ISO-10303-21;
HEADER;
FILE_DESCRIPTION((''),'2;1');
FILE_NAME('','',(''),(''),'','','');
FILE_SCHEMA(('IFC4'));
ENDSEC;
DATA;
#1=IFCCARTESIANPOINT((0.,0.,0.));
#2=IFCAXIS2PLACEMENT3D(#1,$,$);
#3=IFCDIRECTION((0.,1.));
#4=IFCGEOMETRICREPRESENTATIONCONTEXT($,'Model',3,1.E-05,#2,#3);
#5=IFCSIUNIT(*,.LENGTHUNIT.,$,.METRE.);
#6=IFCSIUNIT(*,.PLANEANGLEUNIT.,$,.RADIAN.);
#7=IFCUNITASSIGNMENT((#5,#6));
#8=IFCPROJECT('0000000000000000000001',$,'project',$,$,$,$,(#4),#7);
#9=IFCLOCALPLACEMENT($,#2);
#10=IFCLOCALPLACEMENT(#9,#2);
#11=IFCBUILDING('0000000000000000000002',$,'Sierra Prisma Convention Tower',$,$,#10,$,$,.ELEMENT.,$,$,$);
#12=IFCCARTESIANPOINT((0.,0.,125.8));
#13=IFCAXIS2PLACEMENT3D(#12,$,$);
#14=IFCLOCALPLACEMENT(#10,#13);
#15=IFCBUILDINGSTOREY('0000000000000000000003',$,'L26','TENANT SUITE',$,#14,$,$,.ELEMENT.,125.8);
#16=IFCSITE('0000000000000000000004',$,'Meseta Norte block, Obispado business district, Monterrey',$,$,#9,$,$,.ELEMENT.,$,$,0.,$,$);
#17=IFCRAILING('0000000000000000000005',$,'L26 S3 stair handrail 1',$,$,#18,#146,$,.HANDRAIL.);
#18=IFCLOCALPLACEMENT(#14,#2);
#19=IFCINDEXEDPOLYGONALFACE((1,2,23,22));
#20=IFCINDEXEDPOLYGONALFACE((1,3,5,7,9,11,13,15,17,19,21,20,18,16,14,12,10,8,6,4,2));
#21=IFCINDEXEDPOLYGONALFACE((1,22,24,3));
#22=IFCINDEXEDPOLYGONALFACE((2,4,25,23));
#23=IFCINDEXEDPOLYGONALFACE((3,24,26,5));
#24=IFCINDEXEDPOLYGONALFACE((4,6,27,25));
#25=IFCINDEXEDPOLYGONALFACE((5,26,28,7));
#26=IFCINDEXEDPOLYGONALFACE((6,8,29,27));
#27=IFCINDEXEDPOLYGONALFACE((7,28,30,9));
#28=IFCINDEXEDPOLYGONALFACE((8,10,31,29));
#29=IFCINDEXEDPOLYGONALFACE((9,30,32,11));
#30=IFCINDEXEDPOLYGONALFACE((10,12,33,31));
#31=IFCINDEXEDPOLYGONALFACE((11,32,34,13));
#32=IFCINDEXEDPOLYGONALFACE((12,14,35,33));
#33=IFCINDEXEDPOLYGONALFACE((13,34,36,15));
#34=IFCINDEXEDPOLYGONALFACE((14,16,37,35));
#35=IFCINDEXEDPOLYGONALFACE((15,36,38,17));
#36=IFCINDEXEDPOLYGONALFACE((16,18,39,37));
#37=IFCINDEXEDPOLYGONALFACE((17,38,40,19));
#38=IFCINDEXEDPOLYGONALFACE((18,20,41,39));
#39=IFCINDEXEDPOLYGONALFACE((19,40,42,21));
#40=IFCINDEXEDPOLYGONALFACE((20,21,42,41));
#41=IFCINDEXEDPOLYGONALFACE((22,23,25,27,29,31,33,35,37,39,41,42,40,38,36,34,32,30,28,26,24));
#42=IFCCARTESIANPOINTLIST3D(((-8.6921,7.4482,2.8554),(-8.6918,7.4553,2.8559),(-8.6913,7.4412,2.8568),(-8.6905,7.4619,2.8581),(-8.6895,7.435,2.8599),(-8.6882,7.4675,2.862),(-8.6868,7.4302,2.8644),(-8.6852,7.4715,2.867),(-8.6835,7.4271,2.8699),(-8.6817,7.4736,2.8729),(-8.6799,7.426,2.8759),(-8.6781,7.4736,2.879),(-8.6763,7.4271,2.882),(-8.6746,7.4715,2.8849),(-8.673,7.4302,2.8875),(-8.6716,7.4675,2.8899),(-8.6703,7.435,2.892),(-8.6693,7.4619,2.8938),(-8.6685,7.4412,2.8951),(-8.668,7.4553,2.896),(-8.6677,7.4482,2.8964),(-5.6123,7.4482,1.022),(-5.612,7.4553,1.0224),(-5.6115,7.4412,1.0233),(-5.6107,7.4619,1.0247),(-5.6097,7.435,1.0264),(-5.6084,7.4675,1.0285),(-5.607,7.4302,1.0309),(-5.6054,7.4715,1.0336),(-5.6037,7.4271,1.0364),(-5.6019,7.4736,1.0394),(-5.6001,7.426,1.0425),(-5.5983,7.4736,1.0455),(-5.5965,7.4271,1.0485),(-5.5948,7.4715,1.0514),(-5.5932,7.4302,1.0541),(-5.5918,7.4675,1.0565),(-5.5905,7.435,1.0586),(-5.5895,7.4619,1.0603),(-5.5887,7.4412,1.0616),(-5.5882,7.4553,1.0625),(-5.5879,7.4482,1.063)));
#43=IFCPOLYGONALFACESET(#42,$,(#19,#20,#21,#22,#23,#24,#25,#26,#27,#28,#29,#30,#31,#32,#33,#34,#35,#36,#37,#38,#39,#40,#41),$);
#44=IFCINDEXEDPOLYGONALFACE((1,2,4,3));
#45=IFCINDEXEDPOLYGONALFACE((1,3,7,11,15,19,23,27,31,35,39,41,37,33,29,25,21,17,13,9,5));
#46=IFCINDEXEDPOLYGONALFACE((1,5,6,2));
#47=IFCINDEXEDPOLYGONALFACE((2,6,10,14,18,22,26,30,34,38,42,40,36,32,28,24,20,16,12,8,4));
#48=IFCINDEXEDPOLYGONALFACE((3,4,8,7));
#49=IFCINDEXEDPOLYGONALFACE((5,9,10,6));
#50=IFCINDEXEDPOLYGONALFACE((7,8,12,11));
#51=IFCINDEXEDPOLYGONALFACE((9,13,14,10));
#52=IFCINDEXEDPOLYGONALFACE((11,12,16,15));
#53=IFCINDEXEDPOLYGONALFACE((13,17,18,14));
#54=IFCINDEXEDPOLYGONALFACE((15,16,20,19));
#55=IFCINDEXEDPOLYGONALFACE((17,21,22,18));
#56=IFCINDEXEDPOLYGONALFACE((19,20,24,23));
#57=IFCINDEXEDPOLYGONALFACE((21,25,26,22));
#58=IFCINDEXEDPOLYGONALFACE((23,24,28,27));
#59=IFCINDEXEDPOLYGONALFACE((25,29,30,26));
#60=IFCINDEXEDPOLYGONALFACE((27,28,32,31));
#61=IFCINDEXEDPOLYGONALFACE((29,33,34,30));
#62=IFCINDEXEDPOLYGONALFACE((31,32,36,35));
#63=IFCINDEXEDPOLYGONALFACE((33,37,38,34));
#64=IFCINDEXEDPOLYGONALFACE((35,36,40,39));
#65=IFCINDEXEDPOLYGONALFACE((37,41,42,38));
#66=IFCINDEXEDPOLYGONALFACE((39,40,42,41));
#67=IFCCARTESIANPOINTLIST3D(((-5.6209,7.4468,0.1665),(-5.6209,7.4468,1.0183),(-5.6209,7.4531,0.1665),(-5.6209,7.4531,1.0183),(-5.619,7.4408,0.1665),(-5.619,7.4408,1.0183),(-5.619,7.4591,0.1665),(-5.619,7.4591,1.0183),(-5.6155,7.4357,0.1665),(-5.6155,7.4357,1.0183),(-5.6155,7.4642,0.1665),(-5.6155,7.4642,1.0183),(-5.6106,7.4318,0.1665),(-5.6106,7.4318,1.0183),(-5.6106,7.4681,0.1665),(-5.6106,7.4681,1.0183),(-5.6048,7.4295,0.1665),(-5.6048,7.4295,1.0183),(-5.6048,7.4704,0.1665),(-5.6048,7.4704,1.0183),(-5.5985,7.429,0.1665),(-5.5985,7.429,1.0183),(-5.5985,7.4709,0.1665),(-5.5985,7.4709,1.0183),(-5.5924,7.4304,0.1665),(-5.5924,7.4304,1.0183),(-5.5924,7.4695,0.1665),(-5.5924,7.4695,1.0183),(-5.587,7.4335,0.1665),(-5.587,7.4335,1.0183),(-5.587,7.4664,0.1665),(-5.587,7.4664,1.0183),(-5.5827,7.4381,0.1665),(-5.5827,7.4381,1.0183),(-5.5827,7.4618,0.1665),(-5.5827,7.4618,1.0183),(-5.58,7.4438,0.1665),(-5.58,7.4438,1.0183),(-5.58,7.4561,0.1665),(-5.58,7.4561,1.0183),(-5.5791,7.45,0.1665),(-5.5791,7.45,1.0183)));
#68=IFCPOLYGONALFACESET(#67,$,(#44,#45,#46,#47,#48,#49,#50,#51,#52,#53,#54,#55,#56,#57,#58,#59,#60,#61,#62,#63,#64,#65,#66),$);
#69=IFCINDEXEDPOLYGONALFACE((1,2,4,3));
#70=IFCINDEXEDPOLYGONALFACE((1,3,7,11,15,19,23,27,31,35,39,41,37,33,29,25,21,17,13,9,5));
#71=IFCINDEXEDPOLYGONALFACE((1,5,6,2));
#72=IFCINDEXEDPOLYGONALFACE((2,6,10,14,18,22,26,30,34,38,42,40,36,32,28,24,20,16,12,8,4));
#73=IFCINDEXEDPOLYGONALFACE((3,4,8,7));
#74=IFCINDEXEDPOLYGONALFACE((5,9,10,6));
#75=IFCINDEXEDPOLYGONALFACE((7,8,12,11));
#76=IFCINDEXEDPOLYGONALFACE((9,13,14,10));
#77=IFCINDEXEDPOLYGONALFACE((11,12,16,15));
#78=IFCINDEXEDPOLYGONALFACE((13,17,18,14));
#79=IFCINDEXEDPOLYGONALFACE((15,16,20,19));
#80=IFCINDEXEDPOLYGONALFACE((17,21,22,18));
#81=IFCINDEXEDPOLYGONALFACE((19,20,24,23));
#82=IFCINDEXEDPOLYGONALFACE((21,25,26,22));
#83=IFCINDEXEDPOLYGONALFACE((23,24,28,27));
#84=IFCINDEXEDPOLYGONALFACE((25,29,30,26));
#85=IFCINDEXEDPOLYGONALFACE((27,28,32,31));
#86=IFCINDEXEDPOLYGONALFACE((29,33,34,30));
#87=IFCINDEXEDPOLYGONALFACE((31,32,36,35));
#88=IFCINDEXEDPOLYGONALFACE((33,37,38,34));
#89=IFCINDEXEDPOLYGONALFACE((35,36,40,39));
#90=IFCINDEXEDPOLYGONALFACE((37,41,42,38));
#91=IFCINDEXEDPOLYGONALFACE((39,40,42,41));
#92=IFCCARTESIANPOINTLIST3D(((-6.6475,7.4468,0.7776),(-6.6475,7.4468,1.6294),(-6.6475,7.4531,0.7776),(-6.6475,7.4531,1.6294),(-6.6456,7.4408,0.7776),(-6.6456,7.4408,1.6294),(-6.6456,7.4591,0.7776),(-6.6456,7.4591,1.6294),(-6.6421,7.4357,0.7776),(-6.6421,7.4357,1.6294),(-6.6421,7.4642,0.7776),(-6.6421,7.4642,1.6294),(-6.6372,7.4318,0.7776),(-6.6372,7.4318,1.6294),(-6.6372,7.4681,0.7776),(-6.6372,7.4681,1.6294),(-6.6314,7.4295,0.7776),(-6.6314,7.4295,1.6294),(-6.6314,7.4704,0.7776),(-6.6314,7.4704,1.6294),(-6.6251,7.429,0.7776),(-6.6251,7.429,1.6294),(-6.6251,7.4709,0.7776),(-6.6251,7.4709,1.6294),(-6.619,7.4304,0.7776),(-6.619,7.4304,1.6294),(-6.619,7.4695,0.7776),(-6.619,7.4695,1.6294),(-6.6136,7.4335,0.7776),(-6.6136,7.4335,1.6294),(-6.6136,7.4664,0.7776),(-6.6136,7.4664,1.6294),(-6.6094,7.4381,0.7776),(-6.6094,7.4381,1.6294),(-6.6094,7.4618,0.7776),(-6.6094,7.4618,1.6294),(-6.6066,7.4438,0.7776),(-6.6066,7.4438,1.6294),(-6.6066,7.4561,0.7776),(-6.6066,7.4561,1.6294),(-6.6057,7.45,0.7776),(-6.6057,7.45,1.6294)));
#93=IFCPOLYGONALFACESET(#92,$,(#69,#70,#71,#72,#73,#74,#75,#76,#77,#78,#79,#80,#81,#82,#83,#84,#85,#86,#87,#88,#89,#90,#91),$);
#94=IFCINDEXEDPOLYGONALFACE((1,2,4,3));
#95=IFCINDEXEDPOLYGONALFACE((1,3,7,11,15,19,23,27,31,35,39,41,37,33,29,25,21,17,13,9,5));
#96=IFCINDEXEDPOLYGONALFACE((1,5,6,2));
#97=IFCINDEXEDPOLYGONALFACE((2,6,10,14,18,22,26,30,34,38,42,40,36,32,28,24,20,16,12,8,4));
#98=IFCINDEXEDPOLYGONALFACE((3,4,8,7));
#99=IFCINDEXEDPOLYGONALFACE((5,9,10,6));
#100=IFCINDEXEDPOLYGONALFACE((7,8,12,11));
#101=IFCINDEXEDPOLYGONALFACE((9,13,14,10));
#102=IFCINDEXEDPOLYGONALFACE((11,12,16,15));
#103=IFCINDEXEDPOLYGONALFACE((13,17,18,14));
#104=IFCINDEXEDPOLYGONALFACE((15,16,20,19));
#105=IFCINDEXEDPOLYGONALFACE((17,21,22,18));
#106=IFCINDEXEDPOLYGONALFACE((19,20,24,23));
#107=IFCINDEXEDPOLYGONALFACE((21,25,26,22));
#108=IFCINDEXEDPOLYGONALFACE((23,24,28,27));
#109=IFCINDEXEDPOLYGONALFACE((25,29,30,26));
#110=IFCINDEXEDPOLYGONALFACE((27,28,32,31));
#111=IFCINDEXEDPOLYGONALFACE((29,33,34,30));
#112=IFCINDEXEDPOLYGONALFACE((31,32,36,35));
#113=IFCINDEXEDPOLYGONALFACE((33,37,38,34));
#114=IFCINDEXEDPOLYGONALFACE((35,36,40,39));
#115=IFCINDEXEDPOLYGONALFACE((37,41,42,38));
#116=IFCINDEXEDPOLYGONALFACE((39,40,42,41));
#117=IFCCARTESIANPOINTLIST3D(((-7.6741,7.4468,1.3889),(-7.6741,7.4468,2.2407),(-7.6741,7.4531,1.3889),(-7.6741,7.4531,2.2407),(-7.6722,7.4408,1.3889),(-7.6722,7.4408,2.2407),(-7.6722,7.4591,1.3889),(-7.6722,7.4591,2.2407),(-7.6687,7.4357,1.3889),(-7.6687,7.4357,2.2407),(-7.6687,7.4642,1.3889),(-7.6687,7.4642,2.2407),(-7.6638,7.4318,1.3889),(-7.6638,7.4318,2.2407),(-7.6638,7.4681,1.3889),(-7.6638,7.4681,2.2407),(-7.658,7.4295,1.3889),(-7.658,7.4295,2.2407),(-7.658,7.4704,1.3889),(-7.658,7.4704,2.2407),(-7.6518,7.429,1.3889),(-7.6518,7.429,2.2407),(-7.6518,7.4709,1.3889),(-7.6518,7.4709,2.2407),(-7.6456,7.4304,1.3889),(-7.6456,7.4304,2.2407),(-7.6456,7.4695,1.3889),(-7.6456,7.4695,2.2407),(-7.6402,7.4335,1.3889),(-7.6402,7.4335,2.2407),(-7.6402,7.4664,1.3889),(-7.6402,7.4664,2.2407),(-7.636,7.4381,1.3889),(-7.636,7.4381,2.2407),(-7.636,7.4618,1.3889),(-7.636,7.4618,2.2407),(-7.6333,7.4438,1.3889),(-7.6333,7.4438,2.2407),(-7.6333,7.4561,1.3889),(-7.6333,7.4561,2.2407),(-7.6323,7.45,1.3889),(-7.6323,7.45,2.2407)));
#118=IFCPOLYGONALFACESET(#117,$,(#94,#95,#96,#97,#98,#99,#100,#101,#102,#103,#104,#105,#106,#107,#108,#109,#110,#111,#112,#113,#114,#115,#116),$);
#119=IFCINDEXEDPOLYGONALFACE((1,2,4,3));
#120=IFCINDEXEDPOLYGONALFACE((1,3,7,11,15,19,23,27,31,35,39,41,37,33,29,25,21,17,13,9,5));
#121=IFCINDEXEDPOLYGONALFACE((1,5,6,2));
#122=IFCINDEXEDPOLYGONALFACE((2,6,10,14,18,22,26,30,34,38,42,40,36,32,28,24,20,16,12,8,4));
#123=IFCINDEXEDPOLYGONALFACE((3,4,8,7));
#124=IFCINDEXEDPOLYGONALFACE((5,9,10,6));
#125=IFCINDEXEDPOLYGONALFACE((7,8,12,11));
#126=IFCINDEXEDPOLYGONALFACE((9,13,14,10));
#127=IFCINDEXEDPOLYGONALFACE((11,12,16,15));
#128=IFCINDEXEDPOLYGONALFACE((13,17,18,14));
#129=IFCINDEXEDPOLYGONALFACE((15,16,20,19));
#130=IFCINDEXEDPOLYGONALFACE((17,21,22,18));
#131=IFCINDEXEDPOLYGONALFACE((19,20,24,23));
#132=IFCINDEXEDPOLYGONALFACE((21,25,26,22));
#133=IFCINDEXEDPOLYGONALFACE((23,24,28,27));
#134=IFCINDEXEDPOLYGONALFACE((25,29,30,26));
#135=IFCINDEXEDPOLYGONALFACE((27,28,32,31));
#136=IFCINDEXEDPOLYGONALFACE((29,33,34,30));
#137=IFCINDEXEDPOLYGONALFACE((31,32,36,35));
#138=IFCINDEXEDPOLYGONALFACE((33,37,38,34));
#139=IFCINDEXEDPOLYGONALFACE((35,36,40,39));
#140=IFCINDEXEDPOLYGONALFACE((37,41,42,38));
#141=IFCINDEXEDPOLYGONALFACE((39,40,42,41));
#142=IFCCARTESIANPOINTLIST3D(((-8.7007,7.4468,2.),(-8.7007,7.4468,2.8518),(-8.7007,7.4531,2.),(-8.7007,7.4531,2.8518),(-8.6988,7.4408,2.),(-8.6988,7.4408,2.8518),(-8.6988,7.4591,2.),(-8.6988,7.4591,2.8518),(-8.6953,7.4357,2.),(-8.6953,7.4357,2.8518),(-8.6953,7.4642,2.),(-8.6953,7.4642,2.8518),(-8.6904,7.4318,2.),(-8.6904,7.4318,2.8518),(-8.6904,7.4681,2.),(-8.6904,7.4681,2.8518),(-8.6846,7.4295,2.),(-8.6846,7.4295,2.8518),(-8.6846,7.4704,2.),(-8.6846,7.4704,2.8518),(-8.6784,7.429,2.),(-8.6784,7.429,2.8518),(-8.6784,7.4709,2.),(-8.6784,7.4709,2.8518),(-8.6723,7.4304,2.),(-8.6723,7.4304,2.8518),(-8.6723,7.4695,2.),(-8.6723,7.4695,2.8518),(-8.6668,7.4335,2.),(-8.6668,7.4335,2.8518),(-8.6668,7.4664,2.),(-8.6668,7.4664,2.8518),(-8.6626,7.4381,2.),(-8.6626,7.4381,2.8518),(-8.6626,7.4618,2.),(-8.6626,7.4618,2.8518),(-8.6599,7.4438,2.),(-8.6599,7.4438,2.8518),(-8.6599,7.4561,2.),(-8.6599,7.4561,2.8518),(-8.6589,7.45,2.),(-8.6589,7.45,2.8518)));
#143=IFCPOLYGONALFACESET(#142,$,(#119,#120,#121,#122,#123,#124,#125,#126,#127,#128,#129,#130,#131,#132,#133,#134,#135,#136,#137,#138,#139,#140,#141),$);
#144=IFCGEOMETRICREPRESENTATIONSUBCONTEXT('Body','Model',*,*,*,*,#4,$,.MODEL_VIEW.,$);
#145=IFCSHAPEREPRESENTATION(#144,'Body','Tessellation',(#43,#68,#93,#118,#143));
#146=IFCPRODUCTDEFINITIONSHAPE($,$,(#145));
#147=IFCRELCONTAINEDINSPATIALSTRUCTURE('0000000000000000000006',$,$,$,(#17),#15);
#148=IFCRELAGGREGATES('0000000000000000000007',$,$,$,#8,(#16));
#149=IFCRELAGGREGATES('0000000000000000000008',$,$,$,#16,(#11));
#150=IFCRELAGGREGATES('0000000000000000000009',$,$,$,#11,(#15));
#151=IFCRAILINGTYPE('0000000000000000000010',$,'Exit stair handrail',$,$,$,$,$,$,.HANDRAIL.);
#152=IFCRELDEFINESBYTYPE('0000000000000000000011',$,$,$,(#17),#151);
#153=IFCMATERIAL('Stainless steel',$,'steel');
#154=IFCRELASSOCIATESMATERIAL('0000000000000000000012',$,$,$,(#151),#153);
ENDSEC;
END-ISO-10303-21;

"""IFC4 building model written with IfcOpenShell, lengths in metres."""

from ifc_helpers import new_model, si_unit, direction, frame, origin, origin_2d, place, context, subcontext, project, spatial, circle, extrude, material, type_object, element, save


model = new_model("IFC4")

# Units and contexts
model_context = context("Model", 3, precision=1e-05, world=origin(), true_north=direction((0.0, 1.0)))
body_context = subcontext(model_context, "Body", "Model", "MODEL_VIEW")
ifc_project = project(units=[si_unit("LENGTHUNIT", "METRE"), si_unit("PLANEANGLEUNIT", "RADIAN")], contexts=[model_context])

# Site, building, storey
site_placement = place(None, origin())
site = spatial("IfcSite", under=ifc_project, at=site_placement, Name="Meseta Norte block, Obispado business district, Monterrey", CompositionType="ELEMENT", RefElevation=0.0)
building_placement = place(site_placement, origin())
building = spatial("IfcBuilding", under=site, at=building_placement, Name="Sierra Prisma Convention Tower", CompositionType="ELEMENT")
storey_placement = place(building_placement, frame((0.0, 0.0, 125.8)))
storey = spatial("IfcBuildingStorey", under=building, at=storey_placement, Name="L26", Description="TENANT SUITE", CompositionType="ELEMENT", Elevation=125.8)

# Railing
ifc_material_1 = material(Name="Stainless steel", Category="steel")
railing_type_1 = type_object("IfcRailingType", Name="Exit stair handrail", PredefinedType="HANDRAIL", material=ifc_material_1)
railing_1_placement = place(storey_placement, frame((-5.6001, 7.45, 0.1665)))
element("IfcRailing", 1, at=railing_1_placement, inside=storey, type_object=railing_type_1, Name="L26 S3 stair handrail 1", PredefinedType="HANDRAIL", context=body_context, shape_type="SweptSolid", body=[
    extrude(circle(Radius=0.0239, at=origin_2d()), frame((0.0, 0.0, 0.876), z_axis=(-0.859261, 0.0, 0.511538), x_axis=(0.0, -1.0, 0.0)), (0.0, 0.0, 1.0), 3.5842),
    extrude(circle(Radius=0.021, at=origin_2d()), origin(), (0.0, 0.0, 1.0), 0.8518),
    extrude(circle(Radius=0.021, at=origin_2d()), frame((-1.0266, 0.0, 0.6111)), (0.0, 0.0, 1.0), 0.8518),
    extrude(circle(Radius=0.021, at=origin_2d()), frame((-2.0532, 0.0, 1.2224)), (0.0, 0.0, 1.0), 0.8518),
    extrude(circle(Radius=0.021, at=origin_2d()), frame((-3.0798, 0.0, 1.8335)), (0.0, 0.0, 1.0), 0.8518),
])

save(model, "model.ifc")
